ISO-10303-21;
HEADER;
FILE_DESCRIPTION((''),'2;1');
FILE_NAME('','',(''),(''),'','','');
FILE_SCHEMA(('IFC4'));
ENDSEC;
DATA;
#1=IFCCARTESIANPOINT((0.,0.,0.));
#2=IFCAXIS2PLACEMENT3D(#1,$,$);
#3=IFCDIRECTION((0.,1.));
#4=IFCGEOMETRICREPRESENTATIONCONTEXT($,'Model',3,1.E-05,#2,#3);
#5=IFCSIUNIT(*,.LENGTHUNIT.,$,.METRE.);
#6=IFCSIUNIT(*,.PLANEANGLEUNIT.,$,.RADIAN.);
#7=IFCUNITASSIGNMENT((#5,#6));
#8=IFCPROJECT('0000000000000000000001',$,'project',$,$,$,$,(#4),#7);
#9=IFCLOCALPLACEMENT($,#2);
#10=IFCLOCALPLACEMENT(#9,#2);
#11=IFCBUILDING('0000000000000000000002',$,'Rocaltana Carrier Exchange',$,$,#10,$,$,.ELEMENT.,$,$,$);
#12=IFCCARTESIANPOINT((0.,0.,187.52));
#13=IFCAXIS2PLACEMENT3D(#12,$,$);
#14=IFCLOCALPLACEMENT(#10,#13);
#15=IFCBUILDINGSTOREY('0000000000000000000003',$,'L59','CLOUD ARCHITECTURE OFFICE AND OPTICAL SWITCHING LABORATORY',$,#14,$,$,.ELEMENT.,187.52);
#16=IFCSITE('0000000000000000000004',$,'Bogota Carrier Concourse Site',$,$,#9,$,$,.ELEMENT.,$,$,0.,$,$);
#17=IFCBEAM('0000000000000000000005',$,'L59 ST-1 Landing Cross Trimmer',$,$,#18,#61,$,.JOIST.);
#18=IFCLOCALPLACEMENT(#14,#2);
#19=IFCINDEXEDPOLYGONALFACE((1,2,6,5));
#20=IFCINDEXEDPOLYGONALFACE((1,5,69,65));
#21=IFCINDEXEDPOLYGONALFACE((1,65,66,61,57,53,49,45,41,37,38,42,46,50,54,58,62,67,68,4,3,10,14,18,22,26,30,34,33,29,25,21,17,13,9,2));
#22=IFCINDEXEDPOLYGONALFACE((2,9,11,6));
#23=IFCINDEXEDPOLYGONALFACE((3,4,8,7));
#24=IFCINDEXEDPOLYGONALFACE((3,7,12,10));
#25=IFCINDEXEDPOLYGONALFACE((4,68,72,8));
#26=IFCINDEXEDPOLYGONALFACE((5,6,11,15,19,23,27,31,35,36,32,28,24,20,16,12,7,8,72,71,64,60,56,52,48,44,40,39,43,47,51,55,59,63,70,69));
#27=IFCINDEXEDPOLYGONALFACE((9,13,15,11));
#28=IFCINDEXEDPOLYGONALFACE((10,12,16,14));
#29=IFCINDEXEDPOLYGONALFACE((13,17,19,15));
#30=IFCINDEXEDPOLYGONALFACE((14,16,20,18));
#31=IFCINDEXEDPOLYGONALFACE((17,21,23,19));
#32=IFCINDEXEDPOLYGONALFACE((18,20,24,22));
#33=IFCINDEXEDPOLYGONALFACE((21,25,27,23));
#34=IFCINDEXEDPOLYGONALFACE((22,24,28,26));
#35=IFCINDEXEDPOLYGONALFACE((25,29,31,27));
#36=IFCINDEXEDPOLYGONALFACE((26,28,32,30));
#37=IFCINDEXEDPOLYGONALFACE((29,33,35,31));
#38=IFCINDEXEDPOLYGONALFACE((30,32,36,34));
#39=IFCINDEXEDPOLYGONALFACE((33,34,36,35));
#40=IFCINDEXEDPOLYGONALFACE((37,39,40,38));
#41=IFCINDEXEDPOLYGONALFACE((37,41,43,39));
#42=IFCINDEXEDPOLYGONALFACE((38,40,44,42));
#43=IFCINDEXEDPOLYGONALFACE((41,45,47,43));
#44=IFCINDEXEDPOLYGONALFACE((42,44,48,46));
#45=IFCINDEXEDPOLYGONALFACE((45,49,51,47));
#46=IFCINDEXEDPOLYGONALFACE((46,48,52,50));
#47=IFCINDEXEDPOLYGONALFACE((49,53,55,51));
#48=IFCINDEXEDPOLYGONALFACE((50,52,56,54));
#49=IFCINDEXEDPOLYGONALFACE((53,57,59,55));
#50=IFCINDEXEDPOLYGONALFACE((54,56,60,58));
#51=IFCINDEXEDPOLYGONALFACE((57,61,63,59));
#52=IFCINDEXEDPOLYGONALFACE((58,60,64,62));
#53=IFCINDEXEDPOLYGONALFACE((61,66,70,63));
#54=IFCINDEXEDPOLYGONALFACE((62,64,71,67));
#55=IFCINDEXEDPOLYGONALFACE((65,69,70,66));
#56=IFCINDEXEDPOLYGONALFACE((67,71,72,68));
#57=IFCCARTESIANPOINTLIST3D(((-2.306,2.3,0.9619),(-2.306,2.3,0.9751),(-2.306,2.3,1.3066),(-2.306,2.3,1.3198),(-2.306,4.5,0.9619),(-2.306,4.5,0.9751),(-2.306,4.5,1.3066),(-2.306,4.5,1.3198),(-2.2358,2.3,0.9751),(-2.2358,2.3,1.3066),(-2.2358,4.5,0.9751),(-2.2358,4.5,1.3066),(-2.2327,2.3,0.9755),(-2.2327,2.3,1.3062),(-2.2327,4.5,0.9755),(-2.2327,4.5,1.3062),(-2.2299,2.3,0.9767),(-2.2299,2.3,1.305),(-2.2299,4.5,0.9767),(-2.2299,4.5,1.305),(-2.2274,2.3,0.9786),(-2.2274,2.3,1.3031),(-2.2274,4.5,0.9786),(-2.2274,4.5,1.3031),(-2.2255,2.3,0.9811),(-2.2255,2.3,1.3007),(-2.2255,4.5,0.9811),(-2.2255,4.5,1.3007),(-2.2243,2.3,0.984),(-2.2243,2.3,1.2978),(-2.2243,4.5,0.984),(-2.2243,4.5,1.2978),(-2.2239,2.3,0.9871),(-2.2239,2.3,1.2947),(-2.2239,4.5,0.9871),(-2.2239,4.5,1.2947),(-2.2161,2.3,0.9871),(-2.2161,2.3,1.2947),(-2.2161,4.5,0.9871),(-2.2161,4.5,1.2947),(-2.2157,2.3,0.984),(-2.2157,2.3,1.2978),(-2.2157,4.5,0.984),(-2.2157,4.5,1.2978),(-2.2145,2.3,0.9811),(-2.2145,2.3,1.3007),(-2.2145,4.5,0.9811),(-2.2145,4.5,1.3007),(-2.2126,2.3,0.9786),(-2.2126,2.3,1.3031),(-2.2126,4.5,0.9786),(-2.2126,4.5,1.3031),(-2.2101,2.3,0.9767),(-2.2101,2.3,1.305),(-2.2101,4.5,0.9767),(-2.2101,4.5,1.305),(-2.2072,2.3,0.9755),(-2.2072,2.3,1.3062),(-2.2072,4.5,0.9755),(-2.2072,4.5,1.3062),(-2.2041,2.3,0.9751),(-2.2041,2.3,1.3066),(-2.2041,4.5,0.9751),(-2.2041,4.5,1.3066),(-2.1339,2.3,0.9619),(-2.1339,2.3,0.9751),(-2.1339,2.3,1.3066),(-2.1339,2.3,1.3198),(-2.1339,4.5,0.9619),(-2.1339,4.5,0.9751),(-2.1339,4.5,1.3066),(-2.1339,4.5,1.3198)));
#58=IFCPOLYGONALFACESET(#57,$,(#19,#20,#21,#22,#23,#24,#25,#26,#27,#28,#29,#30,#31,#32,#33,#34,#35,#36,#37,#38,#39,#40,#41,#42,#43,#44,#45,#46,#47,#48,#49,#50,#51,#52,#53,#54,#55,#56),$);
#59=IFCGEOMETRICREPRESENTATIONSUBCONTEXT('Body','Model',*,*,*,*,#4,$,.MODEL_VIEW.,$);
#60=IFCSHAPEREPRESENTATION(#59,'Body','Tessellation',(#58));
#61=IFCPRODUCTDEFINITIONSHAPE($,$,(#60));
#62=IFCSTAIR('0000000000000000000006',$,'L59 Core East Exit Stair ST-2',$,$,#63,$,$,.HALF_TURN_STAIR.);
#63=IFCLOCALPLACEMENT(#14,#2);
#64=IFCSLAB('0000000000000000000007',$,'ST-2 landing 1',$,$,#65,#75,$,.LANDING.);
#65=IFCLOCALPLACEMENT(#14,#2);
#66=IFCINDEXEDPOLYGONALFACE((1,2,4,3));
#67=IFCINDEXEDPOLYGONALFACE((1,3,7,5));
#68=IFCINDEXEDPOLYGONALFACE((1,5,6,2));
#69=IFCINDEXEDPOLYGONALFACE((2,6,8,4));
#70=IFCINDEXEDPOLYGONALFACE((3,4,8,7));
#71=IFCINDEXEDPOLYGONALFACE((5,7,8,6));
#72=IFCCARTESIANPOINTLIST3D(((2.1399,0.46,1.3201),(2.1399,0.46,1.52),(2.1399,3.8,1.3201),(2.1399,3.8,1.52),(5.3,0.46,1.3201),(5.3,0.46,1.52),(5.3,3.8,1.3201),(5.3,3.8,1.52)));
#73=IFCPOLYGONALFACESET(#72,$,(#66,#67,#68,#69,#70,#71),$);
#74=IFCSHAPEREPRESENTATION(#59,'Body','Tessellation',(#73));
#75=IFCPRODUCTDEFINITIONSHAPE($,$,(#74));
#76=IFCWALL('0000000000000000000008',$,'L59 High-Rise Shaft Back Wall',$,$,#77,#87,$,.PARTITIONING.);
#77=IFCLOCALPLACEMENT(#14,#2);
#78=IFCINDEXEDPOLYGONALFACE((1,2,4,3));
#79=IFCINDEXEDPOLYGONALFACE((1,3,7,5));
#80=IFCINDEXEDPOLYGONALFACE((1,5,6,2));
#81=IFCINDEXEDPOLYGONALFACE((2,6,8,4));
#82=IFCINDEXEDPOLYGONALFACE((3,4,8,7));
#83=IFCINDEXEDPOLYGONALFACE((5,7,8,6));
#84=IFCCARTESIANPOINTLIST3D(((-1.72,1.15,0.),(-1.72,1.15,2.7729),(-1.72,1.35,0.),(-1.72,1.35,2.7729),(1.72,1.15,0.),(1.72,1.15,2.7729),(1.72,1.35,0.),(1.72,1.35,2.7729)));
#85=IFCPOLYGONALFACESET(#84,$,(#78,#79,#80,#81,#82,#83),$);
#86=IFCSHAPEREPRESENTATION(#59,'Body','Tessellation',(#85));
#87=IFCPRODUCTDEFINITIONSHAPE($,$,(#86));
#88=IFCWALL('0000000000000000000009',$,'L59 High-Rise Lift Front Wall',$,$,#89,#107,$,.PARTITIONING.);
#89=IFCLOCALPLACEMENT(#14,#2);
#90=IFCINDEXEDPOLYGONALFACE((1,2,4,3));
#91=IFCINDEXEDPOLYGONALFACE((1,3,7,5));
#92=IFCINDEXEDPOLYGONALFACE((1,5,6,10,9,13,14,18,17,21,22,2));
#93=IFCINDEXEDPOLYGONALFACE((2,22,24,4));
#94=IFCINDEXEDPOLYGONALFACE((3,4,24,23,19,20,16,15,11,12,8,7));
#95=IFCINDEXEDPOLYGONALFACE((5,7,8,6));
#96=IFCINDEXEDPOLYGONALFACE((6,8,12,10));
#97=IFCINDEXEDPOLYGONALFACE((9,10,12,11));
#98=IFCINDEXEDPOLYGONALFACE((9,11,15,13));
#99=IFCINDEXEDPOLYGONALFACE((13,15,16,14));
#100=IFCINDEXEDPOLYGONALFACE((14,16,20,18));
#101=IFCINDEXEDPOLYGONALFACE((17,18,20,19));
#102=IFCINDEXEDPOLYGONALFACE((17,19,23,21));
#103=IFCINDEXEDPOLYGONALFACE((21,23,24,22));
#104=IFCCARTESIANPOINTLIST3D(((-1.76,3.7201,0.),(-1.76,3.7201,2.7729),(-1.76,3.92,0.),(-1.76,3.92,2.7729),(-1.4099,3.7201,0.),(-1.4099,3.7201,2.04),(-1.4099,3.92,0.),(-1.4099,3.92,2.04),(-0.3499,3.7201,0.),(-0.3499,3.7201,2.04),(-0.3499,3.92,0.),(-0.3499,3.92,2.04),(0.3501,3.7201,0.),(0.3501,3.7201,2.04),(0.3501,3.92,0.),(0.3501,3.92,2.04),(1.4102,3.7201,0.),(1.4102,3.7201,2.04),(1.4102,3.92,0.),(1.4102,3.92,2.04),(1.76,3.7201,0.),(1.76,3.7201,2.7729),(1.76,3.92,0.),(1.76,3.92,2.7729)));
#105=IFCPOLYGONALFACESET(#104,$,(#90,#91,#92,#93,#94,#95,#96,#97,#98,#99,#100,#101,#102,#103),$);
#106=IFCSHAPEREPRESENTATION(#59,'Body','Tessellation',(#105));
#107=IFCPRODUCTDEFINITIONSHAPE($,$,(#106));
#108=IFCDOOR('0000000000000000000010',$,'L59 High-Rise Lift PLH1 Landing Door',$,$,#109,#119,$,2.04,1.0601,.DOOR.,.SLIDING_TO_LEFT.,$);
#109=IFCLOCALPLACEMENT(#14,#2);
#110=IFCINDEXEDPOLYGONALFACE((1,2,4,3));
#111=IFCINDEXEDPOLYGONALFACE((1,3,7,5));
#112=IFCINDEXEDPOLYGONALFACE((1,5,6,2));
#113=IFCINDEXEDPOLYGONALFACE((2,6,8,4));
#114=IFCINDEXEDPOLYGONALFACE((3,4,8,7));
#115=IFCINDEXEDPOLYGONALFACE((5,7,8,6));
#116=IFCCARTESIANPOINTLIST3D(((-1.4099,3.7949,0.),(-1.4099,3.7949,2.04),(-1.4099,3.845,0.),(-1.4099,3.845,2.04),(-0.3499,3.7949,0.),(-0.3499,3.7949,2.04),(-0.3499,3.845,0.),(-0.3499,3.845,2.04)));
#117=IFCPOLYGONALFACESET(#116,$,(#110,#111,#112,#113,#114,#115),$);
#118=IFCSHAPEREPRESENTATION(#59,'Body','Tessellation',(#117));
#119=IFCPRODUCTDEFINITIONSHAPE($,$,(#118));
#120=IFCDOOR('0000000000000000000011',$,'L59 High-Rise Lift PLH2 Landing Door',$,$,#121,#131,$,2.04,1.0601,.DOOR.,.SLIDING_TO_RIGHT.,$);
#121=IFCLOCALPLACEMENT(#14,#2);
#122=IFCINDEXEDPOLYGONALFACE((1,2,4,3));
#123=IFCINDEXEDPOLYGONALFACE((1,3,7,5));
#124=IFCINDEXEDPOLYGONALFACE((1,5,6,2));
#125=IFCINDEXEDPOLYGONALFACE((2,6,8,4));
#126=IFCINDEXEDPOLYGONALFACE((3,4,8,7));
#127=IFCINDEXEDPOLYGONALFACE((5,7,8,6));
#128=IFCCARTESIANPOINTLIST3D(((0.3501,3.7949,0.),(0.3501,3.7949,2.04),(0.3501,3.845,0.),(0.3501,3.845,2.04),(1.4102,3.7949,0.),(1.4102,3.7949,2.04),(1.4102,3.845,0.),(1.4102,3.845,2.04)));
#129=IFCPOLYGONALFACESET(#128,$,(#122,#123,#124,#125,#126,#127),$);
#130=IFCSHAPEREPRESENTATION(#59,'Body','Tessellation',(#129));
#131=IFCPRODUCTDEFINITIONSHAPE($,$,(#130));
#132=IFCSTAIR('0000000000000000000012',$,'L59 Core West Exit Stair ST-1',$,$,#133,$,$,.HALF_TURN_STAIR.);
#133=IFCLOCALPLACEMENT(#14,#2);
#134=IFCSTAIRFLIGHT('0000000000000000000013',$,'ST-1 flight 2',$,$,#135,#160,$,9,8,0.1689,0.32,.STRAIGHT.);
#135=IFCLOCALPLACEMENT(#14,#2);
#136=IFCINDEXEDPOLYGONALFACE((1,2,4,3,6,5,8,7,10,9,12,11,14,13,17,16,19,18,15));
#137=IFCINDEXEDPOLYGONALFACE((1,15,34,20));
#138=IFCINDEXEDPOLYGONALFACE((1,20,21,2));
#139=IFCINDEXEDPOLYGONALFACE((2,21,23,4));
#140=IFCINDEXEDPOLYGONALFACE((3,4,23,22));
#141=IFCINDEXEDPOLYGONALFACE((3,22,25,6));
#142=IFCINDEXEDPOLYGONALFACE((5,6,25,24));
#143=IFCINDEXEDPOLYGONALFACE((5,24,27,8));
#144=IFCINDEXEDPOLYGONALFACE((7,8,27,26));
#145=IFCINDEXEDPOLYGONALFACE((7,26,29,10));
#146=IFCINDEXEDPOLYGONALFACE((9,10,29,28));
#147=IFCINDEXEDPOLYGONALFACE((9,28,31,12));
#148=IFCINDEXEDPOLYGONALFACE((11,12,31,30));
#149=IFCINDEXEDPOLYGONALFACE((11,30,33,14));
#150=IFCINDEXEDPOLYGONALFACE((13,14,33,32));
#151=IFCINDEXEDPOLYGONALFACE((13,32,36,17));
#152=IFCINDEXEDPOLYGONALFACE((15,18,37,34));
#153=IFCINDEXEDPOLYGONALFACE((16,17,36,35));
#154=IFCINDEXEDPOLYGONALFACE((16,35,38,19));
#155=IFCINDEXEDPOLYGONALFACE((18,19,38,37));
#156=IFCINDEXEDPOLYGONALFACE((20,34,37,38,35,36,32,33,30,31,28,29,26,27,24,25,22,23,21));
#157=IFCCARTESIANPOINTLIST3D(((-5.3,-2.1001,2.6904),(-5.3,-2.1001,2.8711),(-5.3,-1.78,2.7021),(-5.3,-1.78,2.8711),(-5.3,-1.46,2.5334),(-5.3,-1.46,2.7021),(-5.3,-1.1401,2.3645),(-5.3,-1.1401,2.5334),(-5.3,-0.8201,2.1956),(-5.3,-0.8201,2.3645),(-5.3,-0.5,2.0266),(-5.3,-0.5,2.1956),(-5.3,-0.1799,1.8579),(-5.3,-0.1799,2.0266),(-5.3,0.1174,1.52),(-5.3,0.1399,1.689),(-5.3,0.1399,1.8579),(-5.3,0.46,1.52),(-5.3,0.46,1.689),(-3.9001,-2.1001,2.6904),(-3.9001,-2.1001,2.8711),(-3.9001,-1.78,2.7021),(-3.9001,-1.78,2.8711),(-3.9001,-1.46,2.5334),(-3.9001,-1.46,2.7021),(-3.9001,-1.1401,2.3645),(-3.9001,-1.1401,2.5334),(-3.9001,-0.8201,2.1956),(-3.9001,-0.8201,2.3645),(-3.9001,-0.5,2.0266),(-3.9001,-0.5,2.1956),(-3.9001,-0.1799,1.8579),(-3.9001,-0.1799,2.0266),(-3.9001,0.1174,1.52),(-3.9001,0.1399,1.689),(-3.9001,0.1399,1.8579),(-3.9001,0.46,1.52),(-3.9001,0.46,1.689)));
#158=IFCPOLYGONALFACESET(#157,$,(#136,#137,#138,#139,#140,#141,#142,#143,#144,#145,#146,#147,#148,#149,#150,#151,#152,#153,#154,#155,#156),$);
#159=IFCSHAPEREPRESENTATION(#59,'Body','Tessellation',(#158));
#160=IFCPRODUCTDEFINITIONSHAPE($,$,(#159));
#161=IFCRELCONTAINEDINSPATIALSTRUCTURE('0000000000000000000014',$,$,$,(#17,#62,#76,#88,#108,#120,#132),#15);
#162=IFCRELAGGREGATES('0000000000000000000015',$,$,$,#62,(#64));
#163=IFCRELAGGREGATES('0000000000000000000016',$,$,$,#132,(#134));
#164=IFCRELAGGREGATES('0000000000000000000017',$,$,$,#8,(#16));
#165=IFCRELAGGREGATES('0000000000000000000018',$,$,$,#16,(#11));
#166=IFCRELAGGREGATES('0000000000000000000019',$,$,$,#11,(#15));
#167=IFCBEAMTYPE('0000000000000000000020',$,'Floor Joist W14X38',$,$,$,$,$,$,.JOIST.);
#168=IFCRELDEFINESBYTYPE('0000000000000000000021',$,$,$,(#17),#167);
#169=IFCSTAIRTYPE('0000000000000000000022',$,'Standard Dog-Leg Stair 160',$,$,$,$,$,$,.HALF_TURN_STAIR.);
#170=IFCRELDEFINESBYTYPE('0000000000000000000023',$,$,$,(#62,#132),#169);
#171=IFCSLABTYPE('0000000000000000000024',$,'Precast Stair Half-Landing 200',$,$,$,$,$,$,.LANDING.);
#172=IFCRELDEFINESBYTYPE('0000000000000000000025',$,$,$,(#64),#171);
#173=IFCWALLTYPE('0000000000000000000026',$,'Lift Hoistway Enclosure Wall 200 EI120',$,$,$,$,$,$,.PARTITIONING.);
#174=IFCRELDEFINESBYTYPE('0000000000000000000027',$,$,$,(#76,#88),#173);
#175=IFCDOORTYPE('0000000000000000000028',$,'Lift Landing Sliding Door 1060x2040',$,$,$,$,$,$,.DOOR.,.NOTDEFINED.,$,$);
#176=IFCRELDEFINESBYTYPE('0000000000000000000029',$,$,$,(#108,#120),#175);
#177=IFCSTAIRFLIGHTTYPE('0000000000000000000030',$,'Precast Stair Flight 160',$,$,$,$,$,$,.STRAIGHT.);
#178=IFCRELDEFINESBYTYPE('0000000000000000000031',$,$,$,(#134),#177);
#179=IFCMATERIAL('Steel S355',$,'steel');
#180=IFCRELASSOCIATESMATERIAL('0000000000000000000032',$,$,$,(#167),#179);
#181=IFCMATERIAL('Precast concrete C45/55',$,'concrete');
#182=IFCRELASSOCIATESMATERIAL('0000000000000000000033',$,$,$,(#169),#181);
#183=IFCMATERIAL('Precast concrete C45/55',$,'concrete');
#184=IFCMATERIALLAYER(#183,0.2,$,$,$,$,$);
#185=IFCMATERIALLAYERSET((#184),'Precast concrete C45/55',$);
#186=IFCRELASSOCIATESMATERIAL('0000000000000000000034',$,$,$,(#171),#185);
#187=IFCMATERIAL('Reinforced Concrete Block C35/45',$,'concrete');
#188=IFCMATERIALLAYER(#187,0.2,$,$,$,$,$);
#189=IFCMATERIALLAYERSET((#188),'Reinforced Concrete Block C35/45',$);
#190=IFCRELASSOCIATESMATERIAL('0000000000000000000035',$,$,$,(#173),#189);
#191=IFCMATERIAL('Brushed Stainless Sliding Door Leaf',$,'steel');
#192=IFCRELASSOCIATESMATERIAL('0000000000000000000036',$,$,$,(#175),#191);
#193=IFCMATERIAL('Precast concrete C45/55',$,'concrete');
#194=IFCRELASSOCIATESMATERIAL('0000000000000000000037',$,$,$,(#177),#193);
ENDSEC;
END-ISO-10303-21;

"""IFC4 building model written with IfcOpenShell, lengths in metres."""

from ifc_helpers import new_model, si_unit, direction, frame, frame_2d, origin, origin_2d, place, context, subcontext, project, spatial, polyline, rectangle, i_section, outline, extrude, material, layer, layer_set, material_profile, profile_set, type_object, element, fill, aggregate, save


model = new_model("IFC4")

# Units and contexts
model_context = context("Model", 3, precision=1e-05, world=origin(), true_north=direction((0.0, 1.0)))
body_context = subcontext(model_context, "Body", "Model", "MODEL_VIEW")
ifc_project = project(units=[si_unit("LENGTHUNIT", "METRE"), si_unit("PLANEANGLEUNIT", "RADIAN")], contexts=[model_context])

# Site, building, storey
site_placement = place(None, origin())
site = spatial("IfcSite", under=ifc_project, at=site_placement, Name="Bogota Carrier Concourse Site", CompositionType="ELEMENT", RefElevation=0.0)
building_placement = place(site_placement, origin())
building = spatial("IfcBuilding", under=site, at=building_placement, Name="Rocaltana Carrier Exchange", CompositionType="ELEMENT")
storey_placement = place(building_placement, frame((0.0, 0.0, 187.52)))
storey = spatial("IfcBuildingStorey", under=building, at=storey_placement, Name="L59", Description="CLOUD ARCHITECTURE OFFICE AND OPTICAL SWITCHING LABORATORY", CompositionType="ELEMENT", Elevation=187.52)

# Beam
ifc_material_1 = material(Name="Steel S355", Category="steel")
ifc_material_profile = material_profile(ifc_material_1, i_section(OverallWidth=0.1721, OverallDepth=0.3579, WebThickness=0.0078, FlangeThickness=0.0132, FilletRadius=0.012, at=origin_2d()), Name="W14X38")
ifc_profile_set = profile_set([ifc_material_profile], Name="Steel S355")
beam_type = type_object("IfcBeamType", Name="Floor Joist W14X38", PredefinedType="JOIST", material=ifc_profile_set)
beam_placement = place(storey_placement, frame((-2.22, 2.3, 1.1409), z_axis=(0.0, 1.0, 0.0), x_axis=(-1.0, 0.0, 0.0)))
element("IfcBeam", 1, at=beam_placement, inside=storey, type_object=beam_type, Name="L59 ST-1 Landing Cross Trimmer", PredefinedType="JOIST", context=body_context, shape_type="SweptSolid", body=[
    extrude(i_section(OverallWidth=0.1721, OverallDepth=0.3579, WebThickness=0.0078, FlangeThickness=0.0132, FilletRadius=0.012, at=origin_2d()), origin(), (0.0, 0.0, 1.0), 2.2),
])

# Stair, slab
ifc_material_2 = material(Name="Precast concrete C45/55", Category="concrete")
stair_type = type_object("IfcStairType", Name="Standard Dog-Leg Stair 160", PredefinedType="HALF_TURN_STAIR", material=ifc_material_2)
stair_1_placement = place(storey_placement, origin())
stair_1 = element("IfcStair", 2, at=stair_1_placement, inside=storey, type_object=stair_type, Name="L59 Core East Exit Stair ST-2", PredefinedType="HALF_TURN_STAIR")
ifc_material_3 = material(Name="Precast concrete C45/55", Category="concrete")
ifc_layer_1 = layer(ifc_material_3, 0.2)
ifc_layer_set_1 = layer_set([ifc_layer_1], Name="Precast concrete C45/55")
slab_type = type_object("IfcSlabType", Name="Precast Stair Half-Landing 200", PredefinedType="LANDING", material=ifc_layer_set_1)
slab_placement = place(storey_placement, frame((0.0, 0.0, 1.3201)))
slab = element("IfcSlab", 3, at=slab_placement, type_object=slab_type, Name="ST-2 landing 1", PredefinedType="LANDING", context=body_context, shape_type="SweptSolid", body=[
    extrude(outline(polyline([(5.3, 0.46), (5.3, 3.8), (2.1399, 3.8), (2.1399, 0.46), (5.3, 0.46)])), origin(), (0.0, 0.0, 1.0), 0.2),
])
aggregate(stair_1, [slab])

# Wall
ifc_material_4 = material(Name="Reinforced Concrete Block C35/45", Category="concrete")
ifc_layer_2 = layer(ifc_material_4, 0.2)
ifc_layer_set_2 = layer_set([ifc_layer_2], Name="Reinforced Concrete Block C35/45")
wall_type = type_object("IfcWallType", Name="Lift Hoistway Enclosure Wall 200 EI120", PredefinedType="PARTITIONING", material=ifc_layer_set_2)
wall_1_placement = place(storey_placement, frame((-1.72, 1.25, 0.0), z_axis=(0.0, 0.0, 1.0), x_axis=(1.0, 0.0, 0.0)))
element("IfcWall", 4, at=wall_1_placement, inside=storey, type_object=wall_type, Name="L59 High-Rise Shaft Back Wall", PredefinedType="PARTITIONING", context=body_context, shape_type="SweptSolid", body=[
    extrude(rectangle(XDim=3.4399, YDim=0.2, at=frame_2d((1.72, 0.0))), origin(), (0.0, 0.0, 1.0), 2.7729),
])

# Wall, openings, doors
wall_2_placement = place(storey_placement, frame((-1.76, 3.8201, 0.0), z_axis=(0.0, 0.0, 1.0), x_axis=(1.0, 0.0, 0.0)))
wall_2 = element("IfcWall", 5, at=wall_2_placement, inside=storey, type_object=wall_type, Name="L59 High-Rise Lift Front Wall", PredefinedType="PARTITIONING", context=body_context, shape_type="SweptSolid", body=[
    extrude(rectangle(XDim=3.52, YDim=0.2, at=frame_2d((1.76, 0.0))), origin(), (0.0, 0.0, 1.0), 2.7729),
])
opening_1_placement = place(wall_2_placement, frame((0.3501, 0.0, 0.0)))
opening_1 = element("IfcOpeningElement", 6, at=opening_1_placement, cuts=wall_2, PredefinedType="OPENING", context=body_context, shape_type="SweptSolid", body=[
    extrude(rectangle(XDim=1.0601, YDim=2.04, at=frame_2d((0.53, 1.02))), frame((0.0, 0.1099, 0.0), z_axis=(0.0, -1.0, 0.0), x_axis=(1.0, 0.0, 0.0)), (0.0, 0.0, 1.0), 0.22),
])
opening_2_placement = place(wall_2_placement, frame((2.1101, 0.0, 0.0)))
opening_2 = element("IfcOpeningElement", 7, at=opening_2_placement, cuts=wall_2, PredefinedType="OPENING", context=body_context, shape_type="SweptSolid", body=[
    extrude(rectangle(XDim=1.0601, YDim=2.04, at=frame_2d((0.53, 1.02))), frame((0.0, 0.1099, 0.0), z_axis=(0.0, -1.0, 0.0), x_axis=(1.0, 0.0, 0.0)), (0.0, 0.0, 1.0), 0.22),
])
ifc_material_5 = material(Name="Brushed Stainless Sliding Door Leaf", Category="steel")
door_type = type_object("IfcDoorType", Name="Lift Landing Sliding Door 1060x2040", OperationType="NOTDEFINED", PredefinedType="DOOR", material=ifc_material_5)
door_1_placement = place(opening_1_placement, origin())
door_1 = element("IfcDoor", 8, at=door_1_placement, inside=storey, type_object=door_type, Name="L59 High-Rise Lift PLH1 Landing Door", OperationType="SLIDING_TO_LEFT", OverallHeight=2.04, OverallWidth=1.0601, PredefinedType="DOOR", context=body_context, shape_type="SweptSolid", body=[
    extrude(rectangle(XDim=1.0601, YDim=2.04, at=frame_2d((0.53, 1.02))), frame((0.0, 0.0249, 0.0), z_axis=(0.0, -1.0, 0.0), x_axis=(1.0, 0.0, 0.0)), (0.0, 0.0, 1.0), 0.05),
])
fill(opening_1, door_1)
door_2_placement = place(opening_2_placement, origin())
door_2 = element("IfcDoor", 9, at=door_2_placement, inside=storey, type_object=door_type, Name="L59 High-Rise Lift PLH2 Landing Door", OperationType="SLIDING_TO_RIGHT", OverallHeight=2.04, OverallWidth=1.0601, PredefinedType="DOOR", context=body_context, shape_type="SweptSolid", body=[
    extrude(rectangle(XDim=1.0601, YDim=2.04, at=frame_2d((0.53, 1.02))), frame((0.0, 0.0249, 0.0), z_axis=(0.0, -1.0, 0.0), x_axis=(1.0, 0.0, 0.0)), (0.0, 0.0, 1.0), 0.05),
])
fill(opening_2, door_2)

# Stair, stair flight
stair_2_placement = place(storey_placement, origin())
stair_2 = element("IfcStair", 10, at=stair_2_placement, inside=storey, type_object=stair_type, Name="L59 Core West Exit Stair ST-1", PredefinedType="HALF_TURN_STAIR")
ifc_material_6 = material(Name="Precast concrete C45/55", Category="concrete")
stair_flight_type = type_object("IfcStairFlightType", Name="Precast Stair Flight 160", PredefinedType="STRAIGHT", material=ifc_material_6)
stair_flight_placement = place(storey_placement, frame((-4.6001, 0.46, 1.52), z_axis=(0.0, 0.0, 1.0), x_axis=(0.0, -1.0, 0.0)))
stair_flight = element("IfcStairFlight", 11, at=stair_flight_placement, type_object=stair_flight_type, Name="ST-1 flight 2", NumberOfRisers=9, NumberOfTreads=8, PredefinedType="STRAIGHT", RiserHeight=0.1689, TreadLength=0.32, context=body_context, shape_type="SweptSolid", body=[
    extrude(outline(polyline([(0.0, 0.0), (0.0, 0.1689), (0.3201, 0.1689), (0.3201, 0.3379), (0.6399, 0.3379), (0.6399, 0.5066), (0.96, 0.5066), (0.96, 0.6755), (1.28, 0.6755), (1.28, 0.8445), (1.6001, 0.8445), (1.6001, 1.0134), (1.9199, 1.0134), (1.9199, 1.1821), (2.24, 1.1821), (2.24, 1.3511), (2.5601, 1.3511), (2.5601, 1.52), (2.5601, 1.1704), (0.3425, 0.0), (0.0, 0.0)])), frame((0.0, 0.7, 0.0), z_axis=(0.0, -1.0, 0.0), x_axis=(1.0, 0.0, 0.0)), (0.0, 0.0, 1.0), 1.3999),
])
aggregate(stair_2, [stair_flight])

save(model, "model.ifc")
